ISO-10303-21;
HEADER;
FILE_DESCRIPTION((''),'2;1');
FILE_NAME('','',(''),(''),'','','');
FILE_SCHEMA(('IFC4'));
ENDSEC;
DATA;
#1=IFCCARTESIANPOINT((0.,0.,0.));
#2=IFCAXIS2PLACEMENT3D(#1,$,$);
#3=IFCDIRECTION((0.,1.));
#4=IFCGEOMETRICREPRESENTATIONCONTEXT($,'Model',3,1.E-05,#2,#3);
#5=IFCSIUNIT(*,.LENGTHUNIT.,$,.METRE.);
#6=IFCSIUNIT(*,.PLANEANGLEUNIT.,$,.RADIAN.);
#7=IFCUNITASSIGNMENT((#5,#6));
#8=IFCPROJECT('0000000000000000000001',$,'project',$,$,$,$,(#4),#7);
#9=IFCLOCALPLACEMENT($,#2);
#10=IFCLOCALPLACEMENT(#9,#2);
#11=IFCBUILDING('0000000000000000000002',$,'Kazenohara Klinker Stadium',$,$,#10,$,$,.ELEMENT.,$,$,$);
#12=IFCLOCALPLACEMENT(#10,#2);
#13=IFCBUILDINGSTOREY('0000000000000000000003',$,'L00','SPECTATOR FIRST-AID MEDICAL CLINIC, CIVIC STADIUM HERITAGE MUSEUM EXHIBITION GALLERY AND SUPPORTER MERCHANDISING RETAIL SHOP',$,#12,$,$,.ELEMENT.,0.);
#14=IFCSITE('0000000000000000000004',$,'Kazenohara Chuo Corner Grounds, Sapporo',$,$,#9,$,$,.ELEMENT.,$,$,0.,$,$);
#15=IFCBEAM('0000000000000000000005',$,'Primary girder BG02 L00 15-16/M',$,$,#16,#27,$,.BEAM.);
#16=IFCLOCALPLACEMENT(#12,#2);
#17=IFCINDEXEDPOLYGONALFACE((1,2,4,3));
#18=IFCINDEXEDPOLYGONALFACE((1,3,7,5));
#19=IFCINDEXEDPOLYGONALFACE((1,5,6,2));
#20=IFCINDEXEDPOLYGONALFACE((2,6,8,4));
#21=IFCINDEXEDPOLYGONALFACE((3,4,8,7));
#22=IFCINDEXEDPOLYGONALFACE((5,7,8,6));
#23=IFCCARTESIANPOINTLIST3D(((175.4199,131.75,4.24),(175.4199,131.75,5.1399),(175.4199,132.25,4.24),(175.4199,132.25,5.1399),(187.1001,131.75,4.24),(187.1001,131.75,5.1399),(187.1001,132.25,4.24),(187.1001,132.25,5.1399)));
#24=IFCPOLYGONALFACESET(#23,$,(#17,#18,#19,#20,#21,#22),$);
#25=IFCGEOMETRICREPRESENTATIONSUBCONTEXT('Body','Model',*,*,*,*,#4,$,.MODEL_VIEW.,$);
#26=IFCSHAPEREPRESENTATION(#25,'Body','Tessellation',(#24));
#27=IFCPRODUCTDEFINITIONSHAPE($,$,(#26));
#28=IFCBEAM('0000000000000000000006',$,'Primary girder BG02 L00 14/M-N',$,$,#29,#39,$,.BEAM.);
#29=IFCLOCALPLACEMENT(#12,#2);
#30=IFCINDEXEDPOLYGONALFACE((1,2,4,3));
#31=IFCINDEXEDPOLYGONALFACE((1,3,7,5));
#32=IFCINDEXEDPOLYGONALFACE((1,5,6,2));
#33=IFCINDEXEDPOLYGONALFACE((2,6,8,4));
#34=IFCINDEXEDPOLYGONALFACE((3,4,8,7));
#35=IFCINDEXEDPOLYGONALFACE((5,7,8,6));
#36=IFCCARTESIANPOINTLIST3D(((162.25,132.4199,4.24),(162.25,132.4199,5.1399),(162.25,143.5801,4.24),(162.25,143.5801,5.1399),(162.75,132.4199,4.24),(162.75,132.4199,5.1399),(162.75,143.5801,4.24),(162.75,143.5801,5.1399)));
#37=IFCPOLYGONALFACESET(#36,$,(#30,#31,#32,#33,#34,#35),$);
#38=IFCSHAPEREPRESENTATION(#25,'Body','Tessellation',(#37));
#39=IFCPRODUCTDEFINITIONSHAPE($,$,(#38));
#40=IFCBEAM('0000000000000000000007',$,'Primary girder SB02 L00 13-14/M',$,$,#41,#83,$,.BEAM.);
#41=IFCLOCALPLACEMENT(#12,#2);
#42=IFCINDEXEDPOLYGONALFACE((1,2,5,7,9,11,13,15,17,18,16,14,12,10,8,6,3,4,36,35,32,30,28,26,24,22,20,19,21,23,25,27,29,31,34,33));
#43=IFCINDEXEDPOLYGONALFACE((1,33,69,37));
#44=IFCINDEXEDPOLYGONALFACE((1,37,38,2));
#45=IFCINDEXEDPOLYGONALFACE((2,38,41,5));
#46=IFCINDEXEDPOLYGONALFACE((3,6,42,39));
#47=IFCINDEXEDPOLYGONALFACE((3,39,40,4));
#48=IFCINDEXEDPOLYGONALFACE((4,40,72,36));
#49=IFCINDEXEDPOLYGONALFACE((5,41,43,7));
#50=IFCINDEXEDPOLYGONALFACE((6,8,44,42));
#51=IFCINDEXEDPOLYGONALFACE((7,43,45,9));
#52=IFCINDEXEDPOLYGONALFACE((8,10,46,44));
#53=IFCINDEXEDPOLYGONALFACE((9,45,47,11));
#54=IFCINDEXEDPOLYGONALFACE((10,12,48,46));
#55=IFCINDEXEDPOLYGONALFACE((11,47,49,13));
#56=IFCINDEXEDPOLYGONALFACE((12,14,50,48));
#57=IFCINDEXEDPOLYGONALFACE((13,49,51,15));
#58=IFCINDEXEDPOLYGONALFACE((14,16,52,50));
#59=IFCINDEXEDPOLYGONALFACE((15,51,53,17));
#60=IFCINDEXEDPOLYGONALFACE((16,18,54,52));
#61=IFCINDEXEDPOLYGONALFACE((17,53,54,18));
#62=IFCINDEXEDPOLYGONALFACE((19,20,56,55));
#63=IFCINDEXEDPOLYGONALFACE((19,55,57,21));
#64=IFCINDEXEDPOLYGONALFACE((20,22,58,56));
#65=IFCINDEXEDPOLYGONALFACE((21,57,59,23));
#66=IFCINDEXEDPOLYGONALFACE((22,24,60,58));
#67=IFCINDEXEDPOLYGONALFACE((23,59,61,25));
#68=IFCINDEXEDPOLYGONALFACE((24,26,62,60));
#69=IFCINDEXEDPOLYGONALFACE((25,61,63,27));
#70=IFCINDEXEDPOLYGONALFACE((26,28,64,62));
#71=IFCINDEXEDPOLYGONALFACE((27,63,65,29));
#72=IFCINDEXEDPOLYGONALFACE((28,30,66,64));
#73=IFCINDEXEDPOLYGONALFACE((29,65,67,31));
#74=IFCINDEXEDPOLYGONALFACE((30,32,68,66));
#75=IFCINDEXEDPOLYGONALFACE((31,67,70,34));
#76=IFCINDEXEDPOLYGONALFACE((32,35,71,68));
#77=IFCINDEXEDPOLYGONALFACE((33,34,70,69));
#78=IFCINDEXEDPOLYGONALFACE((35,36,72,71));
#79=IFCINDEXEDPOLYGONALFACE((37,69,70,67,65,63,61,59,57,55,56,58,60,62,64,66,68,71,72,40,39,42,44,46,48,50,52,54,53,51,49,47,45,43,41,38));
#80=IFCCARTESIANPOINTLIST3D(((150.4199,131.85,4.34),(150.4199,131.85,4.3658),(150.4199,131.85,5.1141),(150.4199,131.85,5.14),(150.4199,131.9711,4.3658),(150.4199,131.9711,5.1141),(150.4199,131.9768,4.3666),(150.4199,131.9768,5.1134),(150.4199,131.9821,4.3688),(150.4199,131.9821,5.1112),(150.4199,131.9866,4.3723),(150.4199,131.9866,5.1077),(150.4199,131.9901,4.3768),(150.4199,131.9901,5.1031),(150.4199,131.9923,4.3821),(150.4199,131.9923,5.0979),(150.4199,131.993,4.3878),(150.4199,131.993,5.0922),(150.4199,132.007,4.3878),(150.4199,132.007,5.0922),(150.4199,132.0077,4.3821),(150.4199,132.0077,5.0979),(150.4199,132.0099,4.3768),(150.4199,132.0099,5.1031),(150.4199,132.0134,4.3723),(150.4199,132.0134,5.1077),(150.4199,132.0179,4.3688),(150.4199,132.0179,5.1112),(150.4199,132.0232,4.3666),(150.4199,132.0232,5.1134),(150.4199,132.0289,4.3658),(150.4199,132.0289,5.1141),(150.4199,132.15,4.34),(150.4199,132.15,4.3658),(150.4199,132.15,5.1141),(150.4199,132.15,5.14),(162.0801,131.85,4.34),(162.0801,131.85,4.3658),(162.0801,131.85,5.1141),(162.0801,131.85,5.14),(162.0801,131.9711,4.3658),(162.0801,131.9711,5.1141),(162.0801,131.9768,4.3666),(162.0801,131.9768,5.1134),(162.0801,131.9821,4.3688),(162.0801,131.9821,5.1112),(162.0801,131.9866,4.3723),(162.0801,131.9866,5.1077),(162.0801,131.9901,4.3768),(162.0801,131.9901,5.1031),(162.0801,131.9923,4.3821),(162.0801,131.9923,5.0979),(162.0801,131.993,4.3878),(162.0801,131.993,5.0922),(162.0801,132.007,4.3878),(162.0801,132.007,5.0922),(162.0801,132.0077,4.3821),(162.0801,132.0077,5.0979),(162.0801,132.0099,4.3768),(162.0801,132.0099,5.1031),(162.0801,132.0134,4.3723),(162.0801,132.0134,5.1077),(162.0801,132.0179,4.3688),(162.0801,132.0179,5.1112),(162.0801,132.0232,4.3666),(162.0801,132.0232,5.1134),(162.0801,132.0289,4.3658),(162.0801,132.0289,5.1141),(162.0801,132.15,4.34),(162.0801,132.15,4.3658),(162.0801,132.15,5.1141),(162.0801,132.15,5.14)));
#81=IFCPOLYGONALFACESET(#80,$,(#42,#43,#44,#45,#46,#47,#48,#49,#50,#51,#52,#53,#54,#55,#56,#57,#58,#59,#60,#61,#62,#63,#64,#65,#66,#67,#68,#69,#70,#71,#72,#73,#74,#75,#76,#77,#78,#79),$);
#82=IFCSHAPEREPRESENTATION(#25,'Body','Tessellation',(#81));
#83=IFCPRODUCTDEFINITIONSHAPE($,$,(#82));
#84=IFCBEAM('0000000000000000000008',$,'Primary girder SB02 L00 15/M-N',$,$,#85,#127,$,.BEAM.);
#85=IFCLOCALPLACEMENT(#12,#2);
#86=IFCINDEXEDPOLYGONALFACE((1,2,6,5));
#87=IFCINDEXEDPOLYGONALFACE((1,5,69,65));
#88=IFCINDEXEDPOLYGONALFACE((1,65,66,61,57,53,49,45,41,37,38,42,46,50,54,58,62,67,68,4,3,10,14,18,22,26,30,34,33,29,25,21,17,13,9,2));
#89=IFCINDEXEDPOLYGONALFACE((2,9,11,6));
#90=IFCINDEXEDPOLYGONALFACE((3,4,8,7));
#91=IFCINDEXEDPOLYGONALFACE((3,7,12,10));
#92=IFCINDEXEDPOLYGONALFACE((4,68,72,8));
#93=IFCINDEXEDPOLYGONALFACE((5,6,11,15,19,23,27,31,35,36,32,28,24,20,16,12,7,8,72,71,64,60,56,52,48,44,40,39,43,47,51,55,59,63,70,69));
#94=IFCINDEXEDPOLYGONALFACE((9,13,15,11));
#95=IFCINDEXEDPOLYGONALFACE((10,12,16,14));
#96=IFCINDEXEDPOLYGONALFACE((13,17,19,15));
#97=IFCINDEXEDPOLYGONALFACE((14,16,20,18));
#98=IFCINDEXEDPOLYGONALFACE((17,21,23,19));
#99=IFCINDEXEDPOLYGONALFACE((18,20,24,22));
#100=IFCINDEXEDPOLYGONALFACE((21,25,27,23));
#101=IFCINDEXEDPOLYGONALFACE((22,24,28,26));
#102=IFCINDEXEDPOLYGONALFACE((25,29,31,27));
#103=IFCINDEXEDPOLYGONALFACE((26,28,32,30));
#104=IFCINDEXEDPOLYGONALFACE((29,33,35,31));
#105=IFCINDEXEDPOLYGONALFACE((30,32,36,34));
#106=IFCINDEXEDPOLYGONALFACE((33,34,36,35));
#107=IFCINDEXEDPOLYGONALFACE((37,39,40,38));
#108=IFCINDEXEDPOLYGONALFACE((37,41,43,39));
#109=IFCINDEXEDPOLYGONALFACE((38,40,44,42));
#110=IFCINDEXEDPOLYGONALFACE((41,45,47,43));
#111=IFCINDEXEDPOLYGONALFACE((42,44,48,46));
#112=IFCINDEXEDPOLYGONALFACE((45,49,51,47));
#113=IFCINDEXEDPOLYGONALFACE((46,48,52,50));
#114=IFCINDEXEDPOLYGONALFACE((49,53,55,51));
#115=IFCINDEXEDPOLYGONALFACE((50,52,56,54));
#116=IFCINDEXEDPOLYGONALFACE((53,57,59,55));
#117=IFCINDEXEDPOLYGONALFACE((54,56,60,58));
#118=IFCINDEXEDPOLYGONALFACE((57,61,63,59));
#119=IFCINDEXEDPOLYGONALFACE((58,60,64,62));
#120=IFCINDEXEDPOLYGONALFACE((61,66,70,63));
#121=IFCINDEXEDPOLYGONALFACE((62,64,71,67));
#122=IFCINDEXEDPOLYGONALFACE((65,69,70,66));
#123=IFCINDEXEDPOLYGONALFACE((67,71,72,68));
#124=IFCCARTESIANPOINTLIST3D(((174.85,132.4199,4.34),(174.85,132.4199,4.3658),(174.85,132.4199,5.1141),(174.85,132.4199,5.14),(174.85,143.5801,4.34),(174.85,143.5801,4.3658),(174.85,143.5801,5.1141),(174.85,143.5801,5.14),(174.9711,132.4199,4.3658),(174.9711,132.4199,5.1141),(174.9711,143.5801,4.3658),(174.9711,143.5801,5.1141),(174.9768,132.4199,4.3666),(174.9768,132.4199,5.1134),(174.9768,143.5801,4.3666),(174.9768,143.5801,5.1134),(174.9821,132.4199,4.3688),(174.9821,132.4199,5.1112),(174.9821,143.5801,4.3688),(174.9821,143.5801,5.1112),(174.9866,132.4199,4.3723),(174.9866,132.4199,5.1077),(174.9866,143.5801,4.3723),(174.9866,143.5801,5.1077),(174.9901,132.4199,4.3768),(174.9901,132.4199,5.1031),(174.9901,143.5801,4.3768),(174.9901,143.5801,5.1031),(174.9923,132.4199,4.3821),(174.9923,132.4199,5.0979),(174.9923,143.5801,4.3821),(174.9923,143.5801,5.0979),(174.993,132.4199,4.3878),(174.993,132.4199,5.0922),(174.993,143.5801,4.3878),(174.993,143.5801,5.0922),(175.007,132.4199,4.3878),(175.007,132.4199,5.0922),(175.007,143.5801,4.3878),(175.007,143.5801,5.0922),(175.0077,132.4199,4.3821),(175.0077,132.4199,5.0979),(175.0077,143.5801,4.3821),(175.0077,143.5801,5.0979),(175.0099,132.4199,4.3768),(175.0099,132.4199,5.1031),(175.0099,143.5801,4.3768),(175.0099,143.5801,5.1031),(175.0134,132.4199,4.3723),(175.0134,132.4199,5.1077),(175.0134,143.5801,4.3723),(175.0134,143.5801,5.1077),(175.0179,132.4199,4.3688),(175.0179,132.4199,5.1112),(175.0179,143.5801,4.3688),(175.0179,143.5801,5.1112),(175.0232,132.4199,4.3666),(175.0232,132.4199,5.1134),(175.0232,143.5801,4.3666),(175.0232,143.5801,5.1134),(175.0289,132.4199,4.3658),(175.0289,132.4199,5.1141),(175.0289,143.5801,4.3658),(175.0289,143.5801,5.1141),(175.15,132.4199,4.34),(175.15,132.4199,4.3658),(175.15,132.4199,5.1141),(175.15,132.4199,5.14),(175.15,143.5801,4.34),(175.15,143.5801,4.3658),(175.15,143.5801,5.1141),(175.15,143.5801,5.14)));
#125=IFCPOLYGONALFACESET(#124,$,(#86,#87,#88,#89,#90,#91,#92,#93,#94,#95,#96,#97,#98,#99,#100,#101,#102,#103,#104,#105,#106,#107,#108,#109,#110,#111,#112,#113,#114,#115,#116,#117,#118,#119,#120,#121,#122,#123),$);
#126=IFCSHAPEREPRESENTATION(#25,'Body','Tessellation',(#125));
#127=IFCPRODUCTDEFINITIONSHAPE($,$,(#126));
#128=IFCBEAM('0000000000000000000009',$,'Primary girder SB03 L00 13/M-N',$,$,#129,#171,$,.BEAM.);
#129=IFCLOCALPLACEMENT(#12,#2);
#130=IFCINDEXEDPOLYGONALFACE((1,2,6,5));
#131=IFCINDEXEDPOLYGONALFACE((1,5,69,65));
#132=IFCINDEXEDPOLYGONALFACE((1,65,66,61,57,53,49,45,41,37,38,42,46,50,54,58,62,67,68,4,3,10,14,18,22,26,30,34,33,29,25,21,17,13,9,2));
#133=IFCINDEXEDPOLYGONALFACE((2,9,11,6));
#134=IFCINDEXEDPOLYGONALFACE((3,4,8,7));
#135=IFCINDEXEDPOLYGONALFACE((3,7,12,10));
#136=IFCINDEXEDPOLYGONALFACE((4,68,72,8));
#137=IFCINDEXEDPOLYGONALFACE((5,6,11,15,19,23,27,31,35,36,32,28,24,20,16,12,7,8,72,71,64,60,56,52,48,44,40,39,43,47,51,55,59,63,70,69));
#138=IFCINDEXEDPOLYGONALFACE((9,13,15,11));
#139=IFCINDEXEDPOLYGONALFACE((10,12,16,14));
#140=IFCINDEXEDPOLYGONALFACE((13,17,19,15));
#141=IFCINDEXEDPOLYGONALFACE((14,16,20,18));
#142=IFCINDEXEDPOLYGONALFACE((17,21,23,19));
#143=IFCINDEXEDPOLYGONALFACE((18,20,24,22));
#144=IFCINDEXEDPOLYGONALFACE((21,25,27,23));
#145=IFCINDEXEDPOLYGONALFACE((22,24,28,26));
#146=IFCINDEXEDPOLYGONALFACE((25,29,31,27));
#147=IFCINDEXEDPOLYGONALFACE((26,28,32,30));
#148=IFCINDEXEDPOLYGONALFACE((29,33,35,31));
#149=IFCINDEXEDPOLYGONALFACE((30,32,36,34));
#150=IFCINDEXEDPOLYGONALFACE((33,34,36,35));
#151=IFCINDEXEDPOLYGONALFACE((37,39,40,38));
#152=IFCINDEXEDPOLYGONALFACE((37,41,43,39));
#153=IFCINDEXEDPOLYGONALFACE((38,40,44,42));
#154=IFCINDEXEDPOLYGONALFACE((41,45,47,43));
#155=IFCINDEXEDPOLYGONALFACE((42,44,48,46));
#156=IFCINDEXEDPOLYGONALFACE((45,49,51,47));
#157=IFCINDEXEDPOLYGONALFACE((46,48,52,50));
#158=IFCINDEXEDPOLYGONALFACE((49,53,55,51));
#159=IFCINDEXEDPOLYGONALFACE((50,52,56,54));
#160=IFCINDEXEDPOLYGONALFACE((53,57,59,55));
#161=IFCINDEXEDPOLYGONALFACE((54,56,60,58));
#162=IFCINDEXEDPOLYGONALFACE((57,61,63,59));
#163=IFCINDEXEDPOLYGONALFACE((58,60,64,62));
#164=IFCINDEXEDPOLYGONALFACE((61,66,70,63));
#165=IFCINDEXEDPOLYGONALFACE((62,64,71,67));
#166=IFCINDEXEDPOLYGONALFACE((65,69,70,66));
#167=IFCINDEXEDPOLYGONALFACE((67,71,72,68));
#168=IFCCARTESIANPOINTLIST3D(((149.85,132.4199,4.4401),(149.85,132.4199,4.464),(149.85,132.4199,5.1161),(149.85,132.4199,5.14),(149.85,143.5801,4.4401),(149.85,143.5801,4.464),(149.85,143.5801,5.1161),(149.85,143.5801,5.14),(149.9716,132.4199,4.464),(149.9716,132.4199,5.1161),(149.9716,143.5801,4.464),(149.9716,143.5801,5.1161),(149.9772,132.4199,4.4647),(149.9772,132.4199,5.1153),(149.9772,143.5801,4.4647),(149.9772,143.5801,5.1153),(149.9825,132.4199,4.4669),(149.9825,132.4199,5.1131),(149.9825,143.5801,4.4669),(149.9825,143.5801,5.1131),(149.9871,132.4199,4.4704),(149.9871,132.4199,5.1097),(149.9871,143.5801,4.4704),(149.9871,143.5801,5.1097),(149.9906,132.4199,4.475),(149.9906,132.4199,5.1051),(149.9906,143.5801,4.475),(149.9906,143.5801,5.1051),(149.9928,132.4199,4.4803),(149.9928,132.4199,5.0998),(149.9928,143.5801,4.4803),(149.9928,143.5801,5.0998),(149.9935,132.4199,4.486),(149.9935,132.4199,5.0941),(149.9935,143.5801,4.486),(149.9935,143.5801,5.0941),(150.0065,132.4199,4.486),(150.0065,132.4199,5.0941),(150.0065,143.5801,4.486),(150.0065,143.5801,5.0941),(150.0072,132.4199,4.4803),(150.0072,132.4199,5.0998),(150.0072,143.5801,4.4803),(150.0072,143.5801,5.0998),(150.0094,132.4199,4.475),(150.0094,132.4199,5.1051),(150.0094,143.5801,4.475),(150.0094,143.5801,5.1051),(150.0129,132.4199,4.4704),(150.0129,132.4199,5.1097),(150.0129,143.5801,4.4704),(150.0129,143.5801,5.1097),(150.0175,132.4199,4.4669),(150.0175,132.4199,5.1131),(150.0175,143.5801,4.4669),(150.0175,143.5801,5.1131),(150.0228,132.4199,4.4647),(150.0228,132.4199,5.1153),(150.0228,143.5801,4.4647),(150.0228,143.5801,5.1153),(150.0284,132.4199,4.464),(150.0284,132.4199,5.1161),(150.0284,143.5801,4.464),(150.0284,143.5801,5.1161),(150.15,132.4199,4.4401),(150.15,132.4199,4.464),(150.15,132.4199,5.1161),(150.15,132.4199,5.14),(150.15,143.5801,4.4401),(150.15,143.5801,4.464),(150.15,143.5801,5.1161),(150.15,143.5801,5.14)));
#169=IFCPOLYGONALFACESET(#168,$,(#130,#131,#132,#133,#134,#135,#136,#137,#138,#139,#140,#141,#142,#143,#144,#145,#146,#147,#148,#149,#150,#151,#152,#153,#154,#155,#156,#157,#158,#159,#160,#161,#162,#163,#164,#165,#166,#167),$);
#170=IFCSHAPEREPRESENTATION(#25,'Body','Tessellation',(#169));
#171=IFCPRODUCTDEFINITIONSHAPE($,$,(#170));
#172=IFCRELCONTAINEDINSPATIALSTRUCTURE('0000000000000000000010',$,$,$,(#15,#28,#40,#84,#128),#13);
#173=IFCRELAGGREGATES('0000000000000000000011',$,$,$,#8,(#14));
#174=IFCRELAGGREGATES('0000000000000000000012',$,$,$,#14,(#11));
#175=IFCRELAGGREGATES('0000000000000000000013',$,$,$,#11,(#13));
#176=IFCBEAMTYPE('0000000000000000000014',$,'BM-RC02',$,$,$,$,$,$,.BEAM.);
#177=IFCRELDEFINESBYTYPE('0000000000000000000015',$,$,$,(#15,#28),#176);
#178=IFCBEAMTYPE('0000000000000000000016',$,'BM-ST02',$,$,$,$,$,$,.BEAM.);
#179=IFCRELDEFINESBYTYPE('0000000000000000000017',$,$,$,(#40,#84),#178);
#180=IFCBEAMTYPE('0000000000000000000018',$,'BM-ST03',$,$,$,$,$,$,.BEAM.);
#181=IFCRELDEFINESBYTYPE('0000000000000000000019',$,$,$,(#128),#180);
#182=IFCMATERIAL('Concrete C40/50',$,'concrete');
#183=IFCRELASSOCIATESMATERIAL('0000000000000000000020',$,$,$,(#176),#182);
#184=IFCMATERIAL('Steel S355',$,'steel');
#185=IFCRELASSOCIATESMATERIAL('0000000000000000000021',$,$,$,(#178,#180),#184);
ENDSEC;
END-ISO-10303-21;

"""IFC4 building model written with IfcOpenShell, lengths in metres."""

from ifc_helpers import new_model, si_unit, direction, frame, origin, origin_2d, place, context, subcontext, project, spatial, rectangle, i_section, extrude, material, material_profile, profile_set, type_object, element, save


model = new_model("IFC4")

# Units and contexts
model_context = context("Model", 3, precision=1e-05, world=origin(), true_north=direction((0.0, 1.0)))
body_context = subcontext(model_context, "Body", "Model", "MODEL_VIEW")
ifc_project = project(units=[si_unit("LENGTHUNIT", "METRE"), si_unit("PLANEANGLEUNIT", "RADIAN")], contexts=[model_context])

# Site, building, storey
site_placement = place(None, origin())
site = spatial("IfcSite", under=ifc_project, at=site_placement, Name="Kazenohara Chuo Corner Grounds, Sapporo", CompositionType="ELEMENT", RefElevation=0.0)
building_placement = place(site_placement, origin())
building = spatial("IfcBuilding", under=site, at=building_placement, Name="Kazenohara Klinker Stadium", CompositionType="ELEMENT")
storey_placement = place(building_placement, origin())
storey = spatial("IfcBuildingStorey", under=building, at=storey_placement, Name="L00", Description="SPECTATOR FIRST-AID MEDICAL CLINIC, CIVIC STADIUM HERITAGE MUSEUM EXHIBITION GALLERY AND SUPPORTER MERCHANDISING RETAIL SHOP", CompositionType="ELEMENT", Elevation=0.0)

# Shared definitions
ifc_material_1 = material(Name="Concrete C40/50", Category="concrete")

# Beams
ifc_material_2 = material(Name="Steel S355", Category="steel")
ifc_material_profile_1 = material_profile(ifc_material_1, rectangle(XDim=0.5, YDim=0.8999, at=origin_2d()), Name="RC-BM-500x900")
ifc_profile_set_1 = profile_set([ifc_material_profile_1], Name="Concrete C40/50")
beam_type_1 = type_object("IfcBeamType", Name="BM-RC02", PredefinedType="BEAM", material=ifc_profile_set_1)
beam_1_placement = place(storey_placement, frame((175.4199, 132.0, 4.6899), z_axis=(1.0, 0.0, 0.0), x_axis=(0.0, 1.0, 0.0)))
element("IfcBeam", 1, at=beam_1_placement, inside=storey, type_object=beam_type_1, Name="Primary girder BG02 L00 15-16/M", PredefinedType="BEAM", context=body_context, shape_type="SweptSolid", body=[
    extrude(rectangle(XDim=0.5, YDim=0.8999, at=origin_2d()), origin(), (0.0, 0.0, 1.0), 11.6802),
])
beam_2_placement = place(storey_placement, frame((162.5, 132.4199, 4.6899), z_axis=(0.0, 1.0, 0.0), x_axis=(-1.0, 0.0, 0.0)))
element("IfcBeam", 2, at=beam_2_placement, inside=storey, type_object=beam_type_1, Name="Primary girder BG02 L00 14/M-N", PredefinedType="BEAM", context=body_context, shape_type="SweptSolid", body=[
    extrude(rectangle(XDim=0.5, YDim=0.8999, at=origin_2d()), origin(), (0.0, 0.0, 1.0), 11.1602),
])
ifc_material_profile_2 = material_profile(ifc_material_2, i_section(OverallWidth=0.3, OverallDepth=0.8, WebThickness=0.0139, FlangeThickness=0.0259, FilletRadius=0.022, at=origin_2d()), Name="H-800x300x14x26")
ifc_profile_set_2 = profile_set([ifc_material_profile_2], Name="Steel S355")
beam_type_2 = type_object("IfcBeamType", Name="BM-ST02", PredefinedType="BEAM", material=ifc_profile_set_2)
beam_3_placement = place(storey_placement, frame((150.4199, 132.0, 4.74), z_axis=(1.0, 0.0, 0.0), x_axis=(0.0, 1.0, 0.0)))
element("IfcBeam", 3, at=beam_3_placement, inside=storey, type_object=beam_type_2, Name="Primary girder SB02 L00 13-14/M", PredefinedType="BEAM", context=body_context, shape_type="SweptSolid", body=[
    extrude(i_section(OverallWidth=0.3, OverallDepth=0.8, WebThickness=0.0139, FlangeThickness=0.0259, FilletRadius=0.022, at=origin_2d()), origin(), (0.0, 0.0, 1.0), 11.6602),
])
beam_4_placement = place(storey_placement, frame((175.0, 132.4199, 4.74), z_axis=(0.0, 1.0, 0.0), x_axis=(-1.0, 0.0, 0.0)))
element("IfcBeam", 4, at=beam_4_placement, inside=storey, type_object=beam_type_2, Name="Primary girder SB02 L00 15/M-N", PredefinedType="BEAM", context=body_context, shape_type="SweptSolid", body=[
    extrude(i_section(OverallWidth=0.3, OverallDepth=0.8, WebThickness=0.0139, FlangeThickness=0.0259, FilletRadius=0.022, at=origin_2d()), origin(), (0.0, 0.0, 1.0), 11.1602),
])
ifc_material_profile_3 = material_profile(ifc_material_2, i_section(OverallWidth=0.3, OverallDepth=0.7, WebThickness=0.0129, FlangeThickness=0.0239, FilletRadius=0.022, at=origin_2d()), Name="H-700x300x13x24")
ifc_profile_set_3 = profile_set([ifc_material_profile_3], Name="Steel S355")
beam_type_3 = type_object("IfcBeamType", Name="BM-ST03", PredefinedType="BEAM", material=ifc_profile_set_3)
beam_5_placement = place(storey_placement, frame((150.0, 132.4199, 4.79), z_axis=(0.0, 1.0, 0.0), x_axis=(-1.0, 0.0, 0.0)))
element("IfcBeam", 5, at=beam_5_placement, inside=storey, type_object=beam_type_3, Name="Primary girder SB03 L00 13/M-N", PredefinedType="BEAM", context=body_context, shape_type="SweptSolid", body=[
    extrude(i_section(OverallWidth=0.3, OverallDepth=0.7, WebThickness=0.0129, FlangeThickness=0.0239, FilletRadius=0.022, at=origin_2d()), origin(), (0.0, 0.0, 1.0), 11.1602),
])

save(model, "model.ifc")
